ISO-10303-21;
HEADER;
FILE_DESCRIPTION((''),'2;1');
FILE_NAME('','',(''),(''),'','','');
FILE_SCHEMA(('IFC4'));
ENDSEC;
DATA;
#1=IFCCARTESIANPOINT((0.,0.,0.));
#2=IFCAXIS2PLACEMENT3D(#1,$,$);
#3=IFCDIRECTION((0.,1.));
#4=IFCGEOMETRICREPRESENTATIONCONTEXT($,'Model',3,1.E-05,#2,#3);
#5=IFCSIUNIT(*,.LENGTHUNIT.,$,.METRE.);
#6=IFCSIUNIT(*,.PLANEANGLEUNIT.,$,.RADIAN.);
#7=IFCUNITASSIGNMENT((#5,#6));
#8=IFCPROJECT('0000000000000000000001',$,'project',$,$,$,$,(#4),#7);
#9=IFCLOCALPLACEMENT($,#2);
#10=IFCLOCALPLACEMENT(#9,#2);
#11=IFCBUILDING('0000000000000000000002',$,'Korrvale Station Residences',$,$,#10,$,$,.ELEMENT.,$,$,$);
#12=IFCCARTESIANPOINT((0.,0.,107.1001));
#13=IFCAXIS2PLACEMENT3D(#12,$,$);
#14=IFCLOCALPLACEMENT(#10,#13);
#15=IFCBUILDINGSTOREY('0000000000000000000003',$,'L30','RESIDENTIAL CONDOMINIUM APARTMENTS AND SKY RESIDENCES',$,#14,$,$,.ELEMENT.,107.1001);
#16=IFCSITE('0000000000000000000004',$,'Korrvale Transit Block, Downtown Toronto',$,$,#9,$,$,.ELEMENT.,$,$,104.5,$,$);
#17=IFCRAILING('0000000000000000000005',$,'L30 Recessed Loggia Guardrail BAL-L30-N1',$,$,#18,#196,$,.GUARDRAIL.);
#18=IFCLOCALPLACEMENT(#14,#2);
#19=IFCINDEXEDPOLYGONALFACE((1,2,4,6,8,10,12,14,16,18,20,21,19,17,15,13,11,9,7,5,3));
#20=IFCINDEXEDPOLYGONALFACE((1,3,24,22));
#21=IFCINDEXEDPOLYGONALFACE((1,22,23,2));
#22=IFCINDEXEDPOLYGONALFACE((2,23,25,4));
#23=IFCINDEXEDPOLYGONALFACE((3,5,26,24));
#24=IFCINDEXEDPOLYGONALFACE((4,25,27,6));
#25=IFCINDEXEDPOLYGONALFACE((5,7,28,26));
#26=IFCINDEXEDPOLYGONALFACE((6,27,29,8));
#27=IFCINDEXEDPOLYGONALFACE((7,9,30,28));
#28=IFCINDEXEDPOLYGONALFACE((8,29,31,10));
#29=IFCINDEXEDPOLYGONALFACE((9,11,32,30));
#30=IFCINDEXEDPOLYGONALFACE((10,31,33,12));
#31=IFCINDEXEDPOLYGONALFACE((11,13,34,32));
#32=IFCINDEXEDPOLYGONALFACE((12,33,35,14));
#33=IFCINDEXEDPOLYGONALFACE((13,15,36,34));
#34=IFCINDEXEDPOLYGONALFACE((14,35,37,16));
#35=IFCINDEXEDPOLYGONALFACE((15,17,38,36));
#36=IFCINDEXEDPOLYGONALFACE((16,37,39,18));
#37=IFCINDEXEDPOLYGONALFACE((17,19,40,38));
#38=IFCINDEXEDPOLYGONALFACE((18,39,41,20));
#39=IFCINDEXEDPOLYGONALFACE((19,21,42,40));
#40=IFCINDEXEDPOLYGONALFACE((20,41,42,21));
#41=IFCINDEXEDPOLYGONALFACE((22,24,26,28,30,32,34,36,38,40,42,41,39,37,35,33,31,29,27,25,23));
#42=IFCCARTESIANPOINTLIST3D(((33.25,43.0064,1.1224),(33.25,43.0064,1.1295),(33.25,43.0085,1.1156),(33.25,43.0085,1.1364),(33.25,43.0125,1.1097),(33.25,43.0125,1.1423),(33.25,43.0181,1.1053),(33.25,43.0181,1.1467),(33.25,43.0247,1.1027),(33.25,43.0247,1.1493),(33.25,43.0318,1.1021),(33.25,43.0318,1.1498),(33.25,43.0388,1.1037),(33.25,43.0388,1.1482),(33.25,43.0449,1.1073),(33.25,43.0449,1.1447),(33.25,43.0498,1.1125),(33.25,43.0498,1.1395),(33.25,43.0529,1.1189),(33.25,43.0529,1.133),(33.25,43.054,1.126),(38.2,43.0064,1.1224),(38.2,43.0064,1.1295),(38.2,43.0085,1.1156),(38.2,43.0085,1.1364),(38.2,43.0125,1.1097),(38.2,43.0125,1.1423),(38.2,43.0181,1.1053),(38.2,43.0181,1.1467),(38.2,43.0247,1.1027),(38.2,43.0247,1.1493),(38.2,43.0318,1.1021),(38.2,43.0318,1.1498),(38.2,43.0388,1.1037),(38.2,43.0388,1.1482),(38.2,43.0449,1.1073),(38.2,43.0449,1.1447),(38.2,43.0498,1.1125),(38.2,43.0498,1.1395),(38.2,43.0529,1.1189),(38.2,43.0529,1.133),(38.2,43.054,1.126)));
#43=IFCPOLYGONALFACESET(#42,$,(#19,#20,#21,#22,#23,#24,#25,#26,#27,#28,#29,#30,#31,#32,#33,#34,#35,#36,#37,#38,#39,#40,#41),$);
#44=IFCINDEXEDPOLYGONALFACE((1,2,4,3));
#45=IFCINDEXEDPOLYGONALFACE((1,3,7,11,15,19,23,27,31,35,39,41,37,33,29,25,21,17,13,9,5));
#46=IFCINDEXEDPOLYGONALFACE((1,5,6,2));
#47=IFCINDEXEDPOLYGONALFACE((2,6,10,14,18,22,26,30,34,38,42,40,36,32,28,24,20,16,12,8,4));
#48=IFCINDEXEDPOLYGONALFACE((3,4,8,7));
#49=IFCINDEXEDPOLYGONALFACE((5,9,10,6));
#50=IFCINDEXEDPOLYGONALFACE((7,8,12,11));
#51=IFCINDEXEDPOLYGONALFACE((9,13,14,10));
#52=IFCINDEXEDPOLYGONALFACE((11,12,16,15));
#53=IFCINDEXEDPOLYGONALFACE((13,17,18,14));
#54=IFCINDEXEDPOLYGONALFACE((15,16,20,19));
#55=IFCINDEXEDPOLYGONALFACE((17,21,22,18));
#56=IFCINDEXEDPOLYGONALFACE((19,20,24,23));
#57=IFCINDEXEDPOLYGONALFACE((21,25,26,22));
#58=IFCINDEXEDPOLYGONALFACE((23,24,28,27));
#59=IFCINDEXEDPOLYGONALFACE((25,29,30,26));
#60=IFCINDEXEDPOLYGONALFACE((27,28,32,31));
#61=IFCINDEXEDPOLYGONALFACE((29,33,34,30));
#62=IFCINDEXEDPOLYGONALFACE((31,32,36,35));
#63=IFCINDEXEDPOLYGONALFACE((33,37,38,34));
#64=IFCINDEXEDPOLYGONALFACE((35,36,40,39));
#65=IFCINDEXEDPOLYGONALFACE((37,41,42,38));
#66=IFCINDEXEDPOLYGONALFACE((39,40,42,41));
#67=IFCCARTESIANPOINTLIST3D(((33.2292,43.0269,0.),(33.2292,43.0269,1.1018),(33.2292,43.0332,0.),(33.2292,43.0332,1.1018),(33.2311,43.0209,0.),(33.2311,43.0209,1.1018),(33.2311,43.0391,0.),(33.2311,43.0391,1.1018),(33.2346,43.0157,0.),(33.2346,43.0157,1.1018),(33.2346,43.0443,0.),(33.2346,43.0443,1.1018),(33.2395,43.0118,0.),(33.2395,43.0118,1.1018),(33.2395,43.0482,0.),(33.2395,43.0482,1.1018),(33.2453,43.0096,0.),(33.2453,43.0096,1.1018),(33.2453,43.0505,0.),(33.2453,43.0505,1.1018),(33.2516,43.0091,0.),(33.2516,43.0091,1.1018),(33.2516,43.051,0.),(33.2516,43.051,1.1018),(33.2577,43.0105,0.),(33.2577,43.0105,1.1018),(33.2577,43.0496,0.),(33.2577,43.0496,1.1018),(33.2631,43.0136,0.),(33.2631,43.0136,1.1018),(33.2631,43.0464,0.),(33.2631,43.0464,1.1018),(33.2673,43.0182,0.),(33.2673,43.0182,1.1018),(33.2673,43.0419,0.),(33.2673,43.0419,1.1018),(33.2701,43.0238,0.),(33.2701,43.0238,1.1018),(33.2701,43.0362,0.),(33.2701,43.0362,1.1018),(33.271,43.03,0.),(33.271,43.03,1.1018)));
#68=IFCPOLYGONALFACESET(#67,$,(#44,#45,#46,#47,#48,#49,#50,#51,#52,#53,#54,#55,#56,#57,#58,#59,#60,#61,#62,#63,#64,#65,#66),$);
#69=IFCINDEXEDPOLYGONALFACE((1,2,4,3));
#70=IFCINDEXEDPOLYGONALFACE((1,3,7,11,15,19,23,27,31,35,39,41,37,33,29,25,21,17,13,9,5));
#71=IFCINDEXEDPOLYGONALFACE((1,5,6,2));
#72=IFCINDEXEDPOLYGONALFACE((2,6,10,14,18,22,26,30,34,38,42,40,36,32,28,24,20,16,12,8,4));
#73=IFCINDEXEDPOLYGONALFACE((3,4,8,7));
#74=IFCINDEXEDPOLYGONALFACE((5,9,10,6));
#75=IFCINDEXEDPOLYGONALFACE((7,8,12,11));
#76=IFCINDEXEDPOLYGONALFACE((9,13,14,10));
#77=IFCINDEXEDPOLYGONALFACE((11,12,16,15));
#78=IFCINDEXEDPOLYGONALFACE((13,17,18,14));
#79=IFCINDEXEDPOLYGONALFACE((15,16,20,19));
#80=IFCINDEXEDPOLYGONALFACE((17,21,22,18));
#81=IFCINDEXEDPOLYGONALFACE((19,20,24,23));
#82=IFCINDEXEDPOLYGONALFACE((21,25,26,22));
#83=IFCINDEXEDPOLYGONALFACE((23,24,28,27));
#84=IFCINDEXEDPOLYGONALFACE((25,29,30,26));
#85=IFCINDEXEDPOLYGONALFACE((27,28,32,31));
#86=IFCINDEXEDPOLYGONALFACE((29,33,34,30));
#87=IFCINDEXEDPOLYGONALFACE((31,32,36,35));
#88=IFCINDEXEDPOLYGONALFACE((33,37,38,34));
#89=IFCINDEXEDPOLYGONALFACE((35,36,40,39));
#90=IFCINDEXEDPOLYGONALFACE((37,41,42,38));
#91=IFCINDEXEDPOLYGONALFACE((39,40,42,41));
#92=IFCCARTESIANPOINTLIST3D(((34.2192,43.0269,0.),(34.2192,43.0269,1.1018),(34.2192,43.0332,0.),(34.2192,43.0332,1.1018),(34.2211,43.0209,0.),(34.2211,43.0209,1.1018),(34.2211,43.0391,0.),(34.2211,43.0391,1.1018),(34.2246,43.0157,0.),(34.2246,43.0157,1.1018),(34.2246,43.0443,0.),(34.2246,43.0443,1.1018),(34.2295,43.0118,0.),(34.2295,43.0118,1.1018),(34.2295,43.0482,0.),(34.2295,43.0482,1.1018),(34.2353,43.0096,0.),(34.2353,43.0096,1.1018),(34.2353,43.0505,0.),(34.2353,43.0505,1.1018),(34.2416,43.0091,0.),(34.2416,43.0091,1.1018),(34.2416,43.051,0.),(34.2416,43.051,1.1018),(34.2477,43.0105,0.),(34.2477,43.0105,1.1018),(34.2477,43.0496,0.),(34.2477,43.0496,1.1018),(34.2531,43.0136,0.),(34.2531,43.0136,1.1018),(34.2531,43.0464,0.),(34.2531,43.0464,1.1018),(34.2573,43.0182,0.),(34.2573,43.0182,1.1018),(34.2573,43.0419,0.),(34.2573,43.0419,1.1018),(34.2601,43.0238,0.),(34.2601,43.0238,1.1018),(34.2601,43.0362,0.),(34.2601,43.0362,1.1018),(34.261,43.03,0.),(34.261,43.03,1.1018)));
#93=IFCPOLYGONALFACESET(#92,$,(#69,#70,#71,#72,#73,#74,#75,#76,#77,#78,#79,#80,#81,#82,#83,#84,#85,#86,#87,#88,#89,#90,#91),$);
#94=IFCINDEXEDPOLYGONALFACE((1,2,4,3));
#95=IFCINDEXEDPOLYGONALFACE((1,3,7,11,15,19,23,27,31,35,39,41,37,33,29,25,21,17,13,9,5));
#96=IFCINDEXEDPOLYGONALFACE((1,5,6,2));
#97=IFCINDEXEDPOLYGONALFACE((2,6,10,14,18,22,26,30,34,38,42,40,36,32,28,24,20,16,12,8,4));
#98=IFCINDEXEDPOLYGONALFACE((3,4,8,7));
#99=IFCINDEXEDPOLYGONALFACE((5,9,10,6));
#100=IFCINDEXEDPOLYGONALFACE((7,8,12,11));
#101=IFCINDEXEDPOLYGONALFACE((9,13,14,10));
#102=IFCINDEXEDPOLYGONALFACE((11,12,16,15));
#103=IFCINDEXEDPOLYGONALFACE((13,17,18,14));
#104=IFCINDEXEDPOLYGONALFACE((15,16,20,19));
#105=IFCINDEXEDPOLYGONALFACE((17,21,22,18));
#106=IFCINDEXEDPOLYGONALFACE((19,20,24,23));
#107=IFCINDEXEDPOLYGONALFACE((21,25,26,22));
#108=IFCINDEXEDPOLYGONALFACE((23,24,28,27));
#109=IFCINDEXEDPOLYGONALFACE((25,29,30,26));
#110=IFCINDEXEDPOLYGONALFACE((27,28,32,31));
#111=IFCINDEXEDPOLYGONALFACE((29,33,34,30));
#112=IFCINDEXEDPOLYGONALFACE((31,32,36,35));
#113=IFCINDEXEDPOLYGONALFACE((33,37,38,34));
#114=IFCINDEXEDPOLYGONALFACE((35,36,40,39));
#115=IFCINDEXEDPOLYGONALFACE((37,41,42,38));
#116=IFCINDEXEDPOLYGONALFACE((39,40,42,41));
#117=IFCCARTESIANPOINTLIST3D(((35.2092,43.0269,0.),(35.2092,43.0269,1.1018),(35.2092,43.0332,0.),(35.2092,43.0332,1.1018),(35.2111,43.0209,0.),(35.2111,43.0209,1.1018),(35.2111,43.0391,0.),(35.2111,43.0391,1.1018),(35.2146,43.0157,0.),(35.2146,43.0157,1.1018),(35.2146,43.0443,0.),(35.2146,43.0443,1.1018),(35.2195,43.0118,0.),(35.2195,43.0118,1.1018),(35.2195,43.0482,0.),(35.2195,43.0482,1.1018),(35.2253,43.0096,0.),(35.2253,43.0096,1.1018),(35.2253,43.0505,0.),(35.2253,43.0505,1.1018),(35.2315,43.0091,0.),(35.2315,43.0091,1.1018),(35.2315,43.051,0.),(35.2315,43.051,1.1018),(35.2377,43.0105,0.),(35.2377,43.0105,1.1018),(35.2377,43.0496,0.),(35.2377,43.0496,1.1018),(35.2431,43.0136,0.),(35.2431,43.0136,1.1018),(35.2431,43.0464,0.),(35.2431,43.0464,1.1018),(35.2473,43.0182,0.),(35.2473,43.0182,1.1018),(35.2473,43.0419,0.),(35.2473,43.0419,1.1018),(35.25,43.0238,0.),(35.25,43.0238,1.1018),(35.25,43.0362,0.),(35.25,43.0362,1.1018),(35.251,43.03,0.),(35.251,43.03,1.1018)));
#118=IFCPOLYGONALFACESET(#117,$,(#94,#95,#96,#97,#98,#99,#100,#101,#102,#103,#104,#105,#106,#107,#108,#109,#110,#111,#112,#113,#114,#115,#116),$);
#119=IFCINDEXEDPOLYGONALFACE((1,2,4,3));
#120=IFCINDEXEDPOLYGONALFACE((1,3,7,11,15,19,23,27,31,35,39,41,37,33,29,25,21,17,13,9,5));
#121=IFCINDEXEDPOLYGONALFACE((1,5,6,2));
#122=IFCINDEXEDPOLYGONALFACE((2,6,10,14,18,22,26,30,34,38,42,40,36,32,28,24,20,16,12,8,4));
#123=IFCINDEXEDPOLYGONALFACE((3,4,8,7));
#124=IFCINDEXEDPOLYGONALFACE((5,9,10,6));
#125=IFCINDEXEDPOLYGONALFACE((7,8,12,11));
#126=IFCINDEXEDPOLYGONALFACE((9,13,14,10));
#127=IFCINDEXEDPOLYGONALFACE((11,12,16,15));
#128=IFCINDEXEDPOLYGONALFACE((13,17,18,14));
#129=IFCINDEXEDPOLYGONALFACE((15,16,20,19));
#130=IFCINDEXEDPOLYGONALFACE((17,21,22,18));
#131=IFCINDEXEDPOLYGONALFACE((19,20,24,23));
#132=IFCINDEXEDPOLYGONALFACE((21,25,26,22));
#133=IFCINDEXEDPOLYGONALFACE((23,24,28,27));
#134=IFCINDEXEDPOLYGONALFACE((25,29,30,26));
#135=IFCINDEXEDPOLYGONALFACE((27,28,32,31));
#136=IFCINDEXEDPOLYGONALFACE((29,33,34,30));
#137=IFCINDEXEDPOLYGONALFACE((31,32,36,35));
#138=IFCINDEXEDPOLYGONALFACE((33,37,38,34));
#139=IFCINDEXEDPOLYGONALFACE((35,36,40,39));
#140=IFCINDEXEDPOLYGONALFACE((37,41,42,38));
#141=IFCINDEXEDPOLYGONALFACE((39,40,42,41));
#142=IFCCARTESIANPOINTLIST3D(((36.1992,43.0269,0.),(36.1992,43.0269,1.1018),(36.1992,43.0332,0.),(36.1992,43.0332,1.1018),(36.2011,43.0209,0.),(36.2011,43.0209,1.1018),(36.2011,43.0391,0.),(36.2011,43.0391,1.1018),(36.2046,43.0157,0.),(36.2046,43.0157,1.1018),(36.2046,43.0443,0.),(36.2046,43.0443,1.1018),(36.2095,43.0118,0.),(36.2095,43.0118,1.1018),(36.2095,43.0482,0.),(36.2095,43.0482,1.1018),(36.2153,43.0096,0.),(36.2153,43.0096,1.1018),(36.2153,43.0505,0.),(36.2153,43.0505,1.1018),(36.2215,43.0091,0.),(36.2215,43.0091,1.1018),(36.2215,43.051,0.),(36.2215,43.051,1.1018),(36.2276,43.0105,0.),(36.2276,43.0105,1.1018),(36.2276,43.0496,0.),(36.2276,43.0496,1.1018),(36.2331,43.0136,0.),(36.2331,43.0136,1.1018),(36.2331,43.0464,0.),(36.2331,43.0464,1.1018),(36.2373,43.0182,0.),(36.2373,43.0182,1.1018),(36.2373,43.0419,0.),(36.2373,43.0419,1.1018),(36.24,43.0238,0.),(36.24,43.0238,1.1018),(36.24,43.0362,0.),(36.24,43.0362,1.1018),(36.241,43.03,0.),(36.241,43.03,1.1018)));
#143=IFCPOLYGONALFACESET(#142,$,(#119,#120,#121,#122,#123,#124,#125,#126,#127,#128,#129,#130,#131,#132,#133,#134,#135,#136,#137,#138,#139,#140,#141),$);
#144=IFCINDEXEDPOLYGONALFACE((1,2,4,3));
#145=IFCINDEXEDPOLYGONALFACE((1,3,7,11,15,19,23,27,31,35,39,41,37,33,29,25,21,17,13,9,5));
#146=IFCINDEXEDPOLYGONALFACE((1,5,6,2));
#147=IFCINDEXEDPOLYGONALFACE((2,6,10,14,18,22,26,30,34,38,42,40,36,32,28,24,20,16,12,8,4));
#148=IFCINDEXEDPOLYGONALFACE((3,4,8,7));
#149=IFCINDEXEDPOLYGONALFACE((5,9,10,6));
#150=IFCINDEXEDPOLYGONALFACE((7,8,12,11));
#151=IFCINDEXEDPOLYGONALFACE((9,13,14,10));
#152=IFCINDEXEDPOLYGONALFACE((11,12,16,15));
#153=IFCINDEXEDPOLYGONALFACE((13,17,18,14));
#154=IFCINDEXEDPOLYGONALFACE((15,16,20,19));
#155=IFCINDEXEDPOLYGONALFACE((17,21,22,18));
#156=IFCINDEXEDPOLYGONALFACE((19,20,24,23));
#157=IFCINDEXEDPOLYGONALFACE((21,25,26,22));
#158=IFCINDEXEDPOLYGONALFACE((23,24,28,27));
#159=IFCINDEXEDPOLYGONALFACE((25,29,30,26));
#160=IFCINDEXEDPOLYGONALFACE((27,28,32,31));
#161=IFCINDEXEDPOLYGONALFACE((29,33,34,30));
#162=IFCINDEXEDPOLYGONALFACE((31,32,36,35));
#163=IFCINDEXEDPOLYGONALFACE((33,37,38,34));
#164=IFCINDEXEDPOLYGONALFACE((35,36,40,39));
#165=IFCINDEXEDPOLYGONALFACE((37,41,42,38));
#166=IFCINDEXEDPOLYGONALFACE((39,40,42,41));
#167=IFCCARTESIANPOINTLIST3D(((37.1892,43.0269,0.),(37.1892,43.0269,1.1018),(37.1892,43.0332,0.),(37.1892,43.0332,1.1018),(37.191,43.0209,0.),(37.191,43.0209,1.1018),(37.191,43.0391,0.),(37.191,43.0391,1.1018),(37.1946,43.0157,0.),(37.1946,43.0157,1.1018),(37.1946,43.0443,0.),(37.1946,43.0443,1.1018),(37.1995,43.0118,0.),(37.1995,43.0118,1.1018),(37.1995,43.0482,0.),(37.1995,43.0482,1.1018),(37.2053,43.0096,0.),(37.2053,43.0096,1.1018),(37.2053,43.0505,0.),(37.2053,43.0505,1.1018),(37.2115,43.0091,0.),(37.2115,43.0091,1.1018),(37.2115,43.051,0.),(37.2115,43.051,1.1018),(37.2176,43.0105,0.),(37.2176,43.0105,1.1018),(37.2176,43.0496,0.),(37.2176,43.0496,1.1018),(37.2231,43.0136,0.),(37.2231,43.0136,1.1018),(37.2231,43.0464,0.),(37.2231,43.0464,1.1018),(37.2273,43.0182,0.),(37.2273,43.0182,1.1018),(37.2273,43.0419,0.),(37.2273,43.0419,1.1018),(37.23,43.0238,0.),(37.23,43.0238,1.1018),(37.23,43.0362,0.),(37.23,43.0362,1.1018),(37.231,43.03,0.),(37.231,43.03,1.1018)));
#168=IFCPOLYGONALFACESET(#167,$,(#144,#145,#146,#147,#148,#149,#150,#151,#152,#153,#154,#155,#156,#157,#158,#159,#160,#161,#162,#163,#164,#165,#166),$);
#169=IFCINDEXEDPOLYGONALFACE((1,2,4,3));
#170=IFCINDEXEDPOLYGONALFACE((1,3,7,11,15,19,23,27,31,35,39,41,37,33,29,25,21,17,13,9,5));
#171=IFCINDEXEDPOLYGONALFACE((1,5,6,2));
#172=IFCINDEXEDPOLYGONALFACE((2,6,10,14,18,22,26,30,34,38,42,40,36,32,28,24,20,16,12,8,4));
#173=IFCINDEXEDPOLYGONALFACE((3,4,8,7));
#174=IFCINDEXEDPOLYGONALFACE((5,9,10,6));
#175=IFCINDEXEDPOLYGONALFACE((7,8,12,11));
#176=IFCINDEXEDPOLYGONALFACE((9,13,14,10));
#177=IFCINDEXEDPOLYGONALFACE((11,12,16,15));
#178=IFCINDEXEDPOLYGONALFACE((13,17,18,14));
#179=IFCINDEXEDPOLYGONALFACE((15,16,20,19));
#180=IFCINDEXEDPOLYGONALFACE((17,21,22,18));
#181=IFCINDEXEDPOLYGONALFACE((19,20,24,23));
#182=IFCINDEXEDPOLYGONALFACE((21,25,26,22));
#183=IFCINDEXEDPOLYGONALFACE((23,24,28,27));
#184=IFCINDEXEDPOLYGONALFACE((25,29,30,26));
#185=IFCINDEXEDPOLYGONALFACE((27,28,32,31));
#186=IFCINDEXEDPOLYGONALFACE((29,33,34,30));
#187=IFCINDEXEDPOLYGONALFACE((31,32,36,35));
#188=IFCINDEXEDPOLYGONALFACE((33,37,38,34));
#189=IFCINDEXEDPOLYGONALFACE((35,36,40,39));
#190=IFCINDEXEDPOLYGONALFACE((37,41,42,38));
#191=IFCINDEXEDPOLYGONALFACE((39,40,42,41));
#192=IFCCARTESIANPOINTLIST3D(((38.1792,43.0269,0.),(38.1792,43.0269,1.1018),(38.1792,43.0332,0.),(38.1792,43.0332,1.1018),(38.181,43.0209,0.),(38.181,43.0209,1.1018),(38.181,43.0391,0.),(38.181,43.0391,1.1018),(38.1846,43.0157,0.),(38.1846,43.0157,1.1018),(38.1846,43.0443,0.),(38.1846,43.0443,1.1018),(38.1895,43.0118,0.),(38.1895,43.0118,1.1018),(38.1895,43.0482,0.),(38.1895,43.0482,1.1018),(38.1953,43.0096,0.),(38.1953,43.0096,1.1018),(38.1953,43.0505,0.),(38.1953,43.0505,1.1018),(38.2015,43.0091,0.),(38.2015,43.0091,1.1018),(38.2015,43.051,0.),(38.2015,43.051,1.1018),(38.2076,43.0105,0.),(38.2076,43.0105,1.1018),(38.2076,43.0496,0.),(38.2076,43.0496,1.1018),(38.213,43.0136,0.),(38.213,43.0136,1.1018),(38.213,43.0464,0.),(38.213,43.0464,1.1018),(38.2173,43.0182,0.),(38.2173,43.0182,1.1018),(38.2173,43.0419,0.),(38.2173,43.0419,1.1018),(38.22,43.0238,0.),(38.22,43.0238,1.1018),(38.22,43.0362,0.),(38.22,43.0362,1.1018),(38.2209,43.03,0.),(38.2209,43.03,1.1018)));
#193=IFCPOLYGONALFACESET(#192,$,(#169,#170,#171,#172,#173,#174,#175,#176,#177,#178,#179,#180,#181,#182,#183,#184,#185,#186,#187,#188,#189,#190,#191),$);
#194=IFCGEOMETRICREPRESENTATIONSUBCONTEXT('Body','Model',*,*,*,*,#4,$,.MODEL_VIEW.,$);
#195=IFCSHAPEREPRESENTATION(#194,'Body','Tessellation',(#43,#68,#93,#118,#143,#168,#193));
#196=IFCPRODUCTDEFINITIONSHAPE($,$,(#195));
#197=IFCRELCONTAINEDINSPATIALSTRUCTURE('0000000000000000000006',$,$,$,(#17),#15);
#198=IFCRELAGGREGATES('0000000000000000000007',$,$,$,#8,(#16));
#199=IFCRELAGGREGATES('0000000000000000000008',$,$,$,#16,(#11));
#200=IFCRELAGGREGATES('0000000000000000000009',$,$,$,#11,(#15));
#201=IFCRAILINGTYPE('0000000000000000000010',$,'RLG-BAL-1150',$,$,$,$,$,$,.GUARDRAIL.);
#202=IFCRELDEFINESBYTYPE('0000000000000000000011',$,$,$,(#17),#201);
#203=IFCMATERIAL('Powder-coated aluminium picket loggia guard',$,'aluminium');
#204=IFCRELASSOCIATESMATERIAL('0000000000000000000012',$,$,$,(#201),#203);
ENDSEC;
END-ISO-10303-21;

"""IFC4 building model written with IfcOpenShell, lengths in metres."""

from ifc_helpers import new_model, si_unit, direction, frame, origin, origin_2d, place, context, subcontext, project, spatial, circle, extrude, material, type_object, element, save


model = new_model("IFC4")

# Units and contexts
model_context = context("Model", 3, precision=1e-05, world=origin(), true_north=direction((0.0, 1.0)))
body_context = subcontext(model_context, "Body", "Model", "MODEL_VIEW")
ifc_project = project(units=[si_unit("LENGTHUNIT", "METRE"), si_unit("PLANEANGLEUNIT", "RADIAN")], contexts=[model_context])

# Site, building, storey
site_placement = place(None, origin())
site = spatial("IfcSite", under=ifc_project, at=site_placement, Name="Korrvale Transit Block, Downtown Toronto", CompositionType="ELEMENT", RefElevation=104.5)
building_placement = place(site_placement, origin())
building = spatial("IfcBuilding", under=site, at=building_placement, Name="Korrvale Station Residences", CompositionType="ELEMENT")
storey_placement = place(building_placement, frame((0.0, 0.0, 107.1001)))
storey = spatial("IfcBuildingStorey", under=building, at=storey_placement, Name="L30", Description="RESIDENTIAL CONDOMINIUM APARTMENTS AND SKY RESIDENCES", CompositionType="ELEMENT", Elevation=107.1001)

# Railing
ifc_material_1 = material(Name="Powder-coated aluminium picket loggia guard", Category="aluminium")
railing_type = type_object("IfcRailingType", Name="RLG-BAL-1150", PredefinedType="GUARDRAIL", material=ifc_material_1)
railing_placement = place(storey_placement, frame((33.25, 43.03, 0.0)))
element("IfcRailing", 1, at=railing_placement, inside=storey, type_object=railing_type, Name="L30 Recessed Loggia Guardrail BAL-L30-N1", PredefinedType="GUARDRAIL", context=body_context, shape_type="SweptSolid", body=[
    extrude(circle(Radius=0.0239, at=origin_2d()), frame((0.0, 0.0, 1.126), z_axis=(1.0, 0.0, 0.0), x_axis=(0.0, 1.0, 0.0)), (0.0, 0.0, 1.0), 4.95),
    extrude(circle(Radius=0.021, at=origin_2d()), origin(), (0.0, 0.0, 1.0), 1.1018),
    extrude(circle(Radius=0.021, at=origin_2d()), frame((0.99, 0.0, 0.0)), (0.0, 0.0, 1.0), 1.1018),
    extrude(circle(Radius=0.021, at=origin_2d()), frame((1.98, 0.0, 0.0)), (0.0, 0.0, 1.0), 1.1018),
    extrude(circle(Radius=0.021, at=origin_2d()), frame((2.97, 0.0, 0.0)), (0.0, 0.0, 1.0), 1.1018),
    extrude(circle(Radius=0.021, at=origin_2d()), frame((3.96, 0.0, 0.0)), (0.0, 0.0, 1.0), 1.1018),
    extrude(circle(Radius=0.021, at=origin_2d()), frame((4.95, 0.0, 0.0)), (0.0, 0.0, 1.0), 1.1018),
])

save(model, "model.ifc")
